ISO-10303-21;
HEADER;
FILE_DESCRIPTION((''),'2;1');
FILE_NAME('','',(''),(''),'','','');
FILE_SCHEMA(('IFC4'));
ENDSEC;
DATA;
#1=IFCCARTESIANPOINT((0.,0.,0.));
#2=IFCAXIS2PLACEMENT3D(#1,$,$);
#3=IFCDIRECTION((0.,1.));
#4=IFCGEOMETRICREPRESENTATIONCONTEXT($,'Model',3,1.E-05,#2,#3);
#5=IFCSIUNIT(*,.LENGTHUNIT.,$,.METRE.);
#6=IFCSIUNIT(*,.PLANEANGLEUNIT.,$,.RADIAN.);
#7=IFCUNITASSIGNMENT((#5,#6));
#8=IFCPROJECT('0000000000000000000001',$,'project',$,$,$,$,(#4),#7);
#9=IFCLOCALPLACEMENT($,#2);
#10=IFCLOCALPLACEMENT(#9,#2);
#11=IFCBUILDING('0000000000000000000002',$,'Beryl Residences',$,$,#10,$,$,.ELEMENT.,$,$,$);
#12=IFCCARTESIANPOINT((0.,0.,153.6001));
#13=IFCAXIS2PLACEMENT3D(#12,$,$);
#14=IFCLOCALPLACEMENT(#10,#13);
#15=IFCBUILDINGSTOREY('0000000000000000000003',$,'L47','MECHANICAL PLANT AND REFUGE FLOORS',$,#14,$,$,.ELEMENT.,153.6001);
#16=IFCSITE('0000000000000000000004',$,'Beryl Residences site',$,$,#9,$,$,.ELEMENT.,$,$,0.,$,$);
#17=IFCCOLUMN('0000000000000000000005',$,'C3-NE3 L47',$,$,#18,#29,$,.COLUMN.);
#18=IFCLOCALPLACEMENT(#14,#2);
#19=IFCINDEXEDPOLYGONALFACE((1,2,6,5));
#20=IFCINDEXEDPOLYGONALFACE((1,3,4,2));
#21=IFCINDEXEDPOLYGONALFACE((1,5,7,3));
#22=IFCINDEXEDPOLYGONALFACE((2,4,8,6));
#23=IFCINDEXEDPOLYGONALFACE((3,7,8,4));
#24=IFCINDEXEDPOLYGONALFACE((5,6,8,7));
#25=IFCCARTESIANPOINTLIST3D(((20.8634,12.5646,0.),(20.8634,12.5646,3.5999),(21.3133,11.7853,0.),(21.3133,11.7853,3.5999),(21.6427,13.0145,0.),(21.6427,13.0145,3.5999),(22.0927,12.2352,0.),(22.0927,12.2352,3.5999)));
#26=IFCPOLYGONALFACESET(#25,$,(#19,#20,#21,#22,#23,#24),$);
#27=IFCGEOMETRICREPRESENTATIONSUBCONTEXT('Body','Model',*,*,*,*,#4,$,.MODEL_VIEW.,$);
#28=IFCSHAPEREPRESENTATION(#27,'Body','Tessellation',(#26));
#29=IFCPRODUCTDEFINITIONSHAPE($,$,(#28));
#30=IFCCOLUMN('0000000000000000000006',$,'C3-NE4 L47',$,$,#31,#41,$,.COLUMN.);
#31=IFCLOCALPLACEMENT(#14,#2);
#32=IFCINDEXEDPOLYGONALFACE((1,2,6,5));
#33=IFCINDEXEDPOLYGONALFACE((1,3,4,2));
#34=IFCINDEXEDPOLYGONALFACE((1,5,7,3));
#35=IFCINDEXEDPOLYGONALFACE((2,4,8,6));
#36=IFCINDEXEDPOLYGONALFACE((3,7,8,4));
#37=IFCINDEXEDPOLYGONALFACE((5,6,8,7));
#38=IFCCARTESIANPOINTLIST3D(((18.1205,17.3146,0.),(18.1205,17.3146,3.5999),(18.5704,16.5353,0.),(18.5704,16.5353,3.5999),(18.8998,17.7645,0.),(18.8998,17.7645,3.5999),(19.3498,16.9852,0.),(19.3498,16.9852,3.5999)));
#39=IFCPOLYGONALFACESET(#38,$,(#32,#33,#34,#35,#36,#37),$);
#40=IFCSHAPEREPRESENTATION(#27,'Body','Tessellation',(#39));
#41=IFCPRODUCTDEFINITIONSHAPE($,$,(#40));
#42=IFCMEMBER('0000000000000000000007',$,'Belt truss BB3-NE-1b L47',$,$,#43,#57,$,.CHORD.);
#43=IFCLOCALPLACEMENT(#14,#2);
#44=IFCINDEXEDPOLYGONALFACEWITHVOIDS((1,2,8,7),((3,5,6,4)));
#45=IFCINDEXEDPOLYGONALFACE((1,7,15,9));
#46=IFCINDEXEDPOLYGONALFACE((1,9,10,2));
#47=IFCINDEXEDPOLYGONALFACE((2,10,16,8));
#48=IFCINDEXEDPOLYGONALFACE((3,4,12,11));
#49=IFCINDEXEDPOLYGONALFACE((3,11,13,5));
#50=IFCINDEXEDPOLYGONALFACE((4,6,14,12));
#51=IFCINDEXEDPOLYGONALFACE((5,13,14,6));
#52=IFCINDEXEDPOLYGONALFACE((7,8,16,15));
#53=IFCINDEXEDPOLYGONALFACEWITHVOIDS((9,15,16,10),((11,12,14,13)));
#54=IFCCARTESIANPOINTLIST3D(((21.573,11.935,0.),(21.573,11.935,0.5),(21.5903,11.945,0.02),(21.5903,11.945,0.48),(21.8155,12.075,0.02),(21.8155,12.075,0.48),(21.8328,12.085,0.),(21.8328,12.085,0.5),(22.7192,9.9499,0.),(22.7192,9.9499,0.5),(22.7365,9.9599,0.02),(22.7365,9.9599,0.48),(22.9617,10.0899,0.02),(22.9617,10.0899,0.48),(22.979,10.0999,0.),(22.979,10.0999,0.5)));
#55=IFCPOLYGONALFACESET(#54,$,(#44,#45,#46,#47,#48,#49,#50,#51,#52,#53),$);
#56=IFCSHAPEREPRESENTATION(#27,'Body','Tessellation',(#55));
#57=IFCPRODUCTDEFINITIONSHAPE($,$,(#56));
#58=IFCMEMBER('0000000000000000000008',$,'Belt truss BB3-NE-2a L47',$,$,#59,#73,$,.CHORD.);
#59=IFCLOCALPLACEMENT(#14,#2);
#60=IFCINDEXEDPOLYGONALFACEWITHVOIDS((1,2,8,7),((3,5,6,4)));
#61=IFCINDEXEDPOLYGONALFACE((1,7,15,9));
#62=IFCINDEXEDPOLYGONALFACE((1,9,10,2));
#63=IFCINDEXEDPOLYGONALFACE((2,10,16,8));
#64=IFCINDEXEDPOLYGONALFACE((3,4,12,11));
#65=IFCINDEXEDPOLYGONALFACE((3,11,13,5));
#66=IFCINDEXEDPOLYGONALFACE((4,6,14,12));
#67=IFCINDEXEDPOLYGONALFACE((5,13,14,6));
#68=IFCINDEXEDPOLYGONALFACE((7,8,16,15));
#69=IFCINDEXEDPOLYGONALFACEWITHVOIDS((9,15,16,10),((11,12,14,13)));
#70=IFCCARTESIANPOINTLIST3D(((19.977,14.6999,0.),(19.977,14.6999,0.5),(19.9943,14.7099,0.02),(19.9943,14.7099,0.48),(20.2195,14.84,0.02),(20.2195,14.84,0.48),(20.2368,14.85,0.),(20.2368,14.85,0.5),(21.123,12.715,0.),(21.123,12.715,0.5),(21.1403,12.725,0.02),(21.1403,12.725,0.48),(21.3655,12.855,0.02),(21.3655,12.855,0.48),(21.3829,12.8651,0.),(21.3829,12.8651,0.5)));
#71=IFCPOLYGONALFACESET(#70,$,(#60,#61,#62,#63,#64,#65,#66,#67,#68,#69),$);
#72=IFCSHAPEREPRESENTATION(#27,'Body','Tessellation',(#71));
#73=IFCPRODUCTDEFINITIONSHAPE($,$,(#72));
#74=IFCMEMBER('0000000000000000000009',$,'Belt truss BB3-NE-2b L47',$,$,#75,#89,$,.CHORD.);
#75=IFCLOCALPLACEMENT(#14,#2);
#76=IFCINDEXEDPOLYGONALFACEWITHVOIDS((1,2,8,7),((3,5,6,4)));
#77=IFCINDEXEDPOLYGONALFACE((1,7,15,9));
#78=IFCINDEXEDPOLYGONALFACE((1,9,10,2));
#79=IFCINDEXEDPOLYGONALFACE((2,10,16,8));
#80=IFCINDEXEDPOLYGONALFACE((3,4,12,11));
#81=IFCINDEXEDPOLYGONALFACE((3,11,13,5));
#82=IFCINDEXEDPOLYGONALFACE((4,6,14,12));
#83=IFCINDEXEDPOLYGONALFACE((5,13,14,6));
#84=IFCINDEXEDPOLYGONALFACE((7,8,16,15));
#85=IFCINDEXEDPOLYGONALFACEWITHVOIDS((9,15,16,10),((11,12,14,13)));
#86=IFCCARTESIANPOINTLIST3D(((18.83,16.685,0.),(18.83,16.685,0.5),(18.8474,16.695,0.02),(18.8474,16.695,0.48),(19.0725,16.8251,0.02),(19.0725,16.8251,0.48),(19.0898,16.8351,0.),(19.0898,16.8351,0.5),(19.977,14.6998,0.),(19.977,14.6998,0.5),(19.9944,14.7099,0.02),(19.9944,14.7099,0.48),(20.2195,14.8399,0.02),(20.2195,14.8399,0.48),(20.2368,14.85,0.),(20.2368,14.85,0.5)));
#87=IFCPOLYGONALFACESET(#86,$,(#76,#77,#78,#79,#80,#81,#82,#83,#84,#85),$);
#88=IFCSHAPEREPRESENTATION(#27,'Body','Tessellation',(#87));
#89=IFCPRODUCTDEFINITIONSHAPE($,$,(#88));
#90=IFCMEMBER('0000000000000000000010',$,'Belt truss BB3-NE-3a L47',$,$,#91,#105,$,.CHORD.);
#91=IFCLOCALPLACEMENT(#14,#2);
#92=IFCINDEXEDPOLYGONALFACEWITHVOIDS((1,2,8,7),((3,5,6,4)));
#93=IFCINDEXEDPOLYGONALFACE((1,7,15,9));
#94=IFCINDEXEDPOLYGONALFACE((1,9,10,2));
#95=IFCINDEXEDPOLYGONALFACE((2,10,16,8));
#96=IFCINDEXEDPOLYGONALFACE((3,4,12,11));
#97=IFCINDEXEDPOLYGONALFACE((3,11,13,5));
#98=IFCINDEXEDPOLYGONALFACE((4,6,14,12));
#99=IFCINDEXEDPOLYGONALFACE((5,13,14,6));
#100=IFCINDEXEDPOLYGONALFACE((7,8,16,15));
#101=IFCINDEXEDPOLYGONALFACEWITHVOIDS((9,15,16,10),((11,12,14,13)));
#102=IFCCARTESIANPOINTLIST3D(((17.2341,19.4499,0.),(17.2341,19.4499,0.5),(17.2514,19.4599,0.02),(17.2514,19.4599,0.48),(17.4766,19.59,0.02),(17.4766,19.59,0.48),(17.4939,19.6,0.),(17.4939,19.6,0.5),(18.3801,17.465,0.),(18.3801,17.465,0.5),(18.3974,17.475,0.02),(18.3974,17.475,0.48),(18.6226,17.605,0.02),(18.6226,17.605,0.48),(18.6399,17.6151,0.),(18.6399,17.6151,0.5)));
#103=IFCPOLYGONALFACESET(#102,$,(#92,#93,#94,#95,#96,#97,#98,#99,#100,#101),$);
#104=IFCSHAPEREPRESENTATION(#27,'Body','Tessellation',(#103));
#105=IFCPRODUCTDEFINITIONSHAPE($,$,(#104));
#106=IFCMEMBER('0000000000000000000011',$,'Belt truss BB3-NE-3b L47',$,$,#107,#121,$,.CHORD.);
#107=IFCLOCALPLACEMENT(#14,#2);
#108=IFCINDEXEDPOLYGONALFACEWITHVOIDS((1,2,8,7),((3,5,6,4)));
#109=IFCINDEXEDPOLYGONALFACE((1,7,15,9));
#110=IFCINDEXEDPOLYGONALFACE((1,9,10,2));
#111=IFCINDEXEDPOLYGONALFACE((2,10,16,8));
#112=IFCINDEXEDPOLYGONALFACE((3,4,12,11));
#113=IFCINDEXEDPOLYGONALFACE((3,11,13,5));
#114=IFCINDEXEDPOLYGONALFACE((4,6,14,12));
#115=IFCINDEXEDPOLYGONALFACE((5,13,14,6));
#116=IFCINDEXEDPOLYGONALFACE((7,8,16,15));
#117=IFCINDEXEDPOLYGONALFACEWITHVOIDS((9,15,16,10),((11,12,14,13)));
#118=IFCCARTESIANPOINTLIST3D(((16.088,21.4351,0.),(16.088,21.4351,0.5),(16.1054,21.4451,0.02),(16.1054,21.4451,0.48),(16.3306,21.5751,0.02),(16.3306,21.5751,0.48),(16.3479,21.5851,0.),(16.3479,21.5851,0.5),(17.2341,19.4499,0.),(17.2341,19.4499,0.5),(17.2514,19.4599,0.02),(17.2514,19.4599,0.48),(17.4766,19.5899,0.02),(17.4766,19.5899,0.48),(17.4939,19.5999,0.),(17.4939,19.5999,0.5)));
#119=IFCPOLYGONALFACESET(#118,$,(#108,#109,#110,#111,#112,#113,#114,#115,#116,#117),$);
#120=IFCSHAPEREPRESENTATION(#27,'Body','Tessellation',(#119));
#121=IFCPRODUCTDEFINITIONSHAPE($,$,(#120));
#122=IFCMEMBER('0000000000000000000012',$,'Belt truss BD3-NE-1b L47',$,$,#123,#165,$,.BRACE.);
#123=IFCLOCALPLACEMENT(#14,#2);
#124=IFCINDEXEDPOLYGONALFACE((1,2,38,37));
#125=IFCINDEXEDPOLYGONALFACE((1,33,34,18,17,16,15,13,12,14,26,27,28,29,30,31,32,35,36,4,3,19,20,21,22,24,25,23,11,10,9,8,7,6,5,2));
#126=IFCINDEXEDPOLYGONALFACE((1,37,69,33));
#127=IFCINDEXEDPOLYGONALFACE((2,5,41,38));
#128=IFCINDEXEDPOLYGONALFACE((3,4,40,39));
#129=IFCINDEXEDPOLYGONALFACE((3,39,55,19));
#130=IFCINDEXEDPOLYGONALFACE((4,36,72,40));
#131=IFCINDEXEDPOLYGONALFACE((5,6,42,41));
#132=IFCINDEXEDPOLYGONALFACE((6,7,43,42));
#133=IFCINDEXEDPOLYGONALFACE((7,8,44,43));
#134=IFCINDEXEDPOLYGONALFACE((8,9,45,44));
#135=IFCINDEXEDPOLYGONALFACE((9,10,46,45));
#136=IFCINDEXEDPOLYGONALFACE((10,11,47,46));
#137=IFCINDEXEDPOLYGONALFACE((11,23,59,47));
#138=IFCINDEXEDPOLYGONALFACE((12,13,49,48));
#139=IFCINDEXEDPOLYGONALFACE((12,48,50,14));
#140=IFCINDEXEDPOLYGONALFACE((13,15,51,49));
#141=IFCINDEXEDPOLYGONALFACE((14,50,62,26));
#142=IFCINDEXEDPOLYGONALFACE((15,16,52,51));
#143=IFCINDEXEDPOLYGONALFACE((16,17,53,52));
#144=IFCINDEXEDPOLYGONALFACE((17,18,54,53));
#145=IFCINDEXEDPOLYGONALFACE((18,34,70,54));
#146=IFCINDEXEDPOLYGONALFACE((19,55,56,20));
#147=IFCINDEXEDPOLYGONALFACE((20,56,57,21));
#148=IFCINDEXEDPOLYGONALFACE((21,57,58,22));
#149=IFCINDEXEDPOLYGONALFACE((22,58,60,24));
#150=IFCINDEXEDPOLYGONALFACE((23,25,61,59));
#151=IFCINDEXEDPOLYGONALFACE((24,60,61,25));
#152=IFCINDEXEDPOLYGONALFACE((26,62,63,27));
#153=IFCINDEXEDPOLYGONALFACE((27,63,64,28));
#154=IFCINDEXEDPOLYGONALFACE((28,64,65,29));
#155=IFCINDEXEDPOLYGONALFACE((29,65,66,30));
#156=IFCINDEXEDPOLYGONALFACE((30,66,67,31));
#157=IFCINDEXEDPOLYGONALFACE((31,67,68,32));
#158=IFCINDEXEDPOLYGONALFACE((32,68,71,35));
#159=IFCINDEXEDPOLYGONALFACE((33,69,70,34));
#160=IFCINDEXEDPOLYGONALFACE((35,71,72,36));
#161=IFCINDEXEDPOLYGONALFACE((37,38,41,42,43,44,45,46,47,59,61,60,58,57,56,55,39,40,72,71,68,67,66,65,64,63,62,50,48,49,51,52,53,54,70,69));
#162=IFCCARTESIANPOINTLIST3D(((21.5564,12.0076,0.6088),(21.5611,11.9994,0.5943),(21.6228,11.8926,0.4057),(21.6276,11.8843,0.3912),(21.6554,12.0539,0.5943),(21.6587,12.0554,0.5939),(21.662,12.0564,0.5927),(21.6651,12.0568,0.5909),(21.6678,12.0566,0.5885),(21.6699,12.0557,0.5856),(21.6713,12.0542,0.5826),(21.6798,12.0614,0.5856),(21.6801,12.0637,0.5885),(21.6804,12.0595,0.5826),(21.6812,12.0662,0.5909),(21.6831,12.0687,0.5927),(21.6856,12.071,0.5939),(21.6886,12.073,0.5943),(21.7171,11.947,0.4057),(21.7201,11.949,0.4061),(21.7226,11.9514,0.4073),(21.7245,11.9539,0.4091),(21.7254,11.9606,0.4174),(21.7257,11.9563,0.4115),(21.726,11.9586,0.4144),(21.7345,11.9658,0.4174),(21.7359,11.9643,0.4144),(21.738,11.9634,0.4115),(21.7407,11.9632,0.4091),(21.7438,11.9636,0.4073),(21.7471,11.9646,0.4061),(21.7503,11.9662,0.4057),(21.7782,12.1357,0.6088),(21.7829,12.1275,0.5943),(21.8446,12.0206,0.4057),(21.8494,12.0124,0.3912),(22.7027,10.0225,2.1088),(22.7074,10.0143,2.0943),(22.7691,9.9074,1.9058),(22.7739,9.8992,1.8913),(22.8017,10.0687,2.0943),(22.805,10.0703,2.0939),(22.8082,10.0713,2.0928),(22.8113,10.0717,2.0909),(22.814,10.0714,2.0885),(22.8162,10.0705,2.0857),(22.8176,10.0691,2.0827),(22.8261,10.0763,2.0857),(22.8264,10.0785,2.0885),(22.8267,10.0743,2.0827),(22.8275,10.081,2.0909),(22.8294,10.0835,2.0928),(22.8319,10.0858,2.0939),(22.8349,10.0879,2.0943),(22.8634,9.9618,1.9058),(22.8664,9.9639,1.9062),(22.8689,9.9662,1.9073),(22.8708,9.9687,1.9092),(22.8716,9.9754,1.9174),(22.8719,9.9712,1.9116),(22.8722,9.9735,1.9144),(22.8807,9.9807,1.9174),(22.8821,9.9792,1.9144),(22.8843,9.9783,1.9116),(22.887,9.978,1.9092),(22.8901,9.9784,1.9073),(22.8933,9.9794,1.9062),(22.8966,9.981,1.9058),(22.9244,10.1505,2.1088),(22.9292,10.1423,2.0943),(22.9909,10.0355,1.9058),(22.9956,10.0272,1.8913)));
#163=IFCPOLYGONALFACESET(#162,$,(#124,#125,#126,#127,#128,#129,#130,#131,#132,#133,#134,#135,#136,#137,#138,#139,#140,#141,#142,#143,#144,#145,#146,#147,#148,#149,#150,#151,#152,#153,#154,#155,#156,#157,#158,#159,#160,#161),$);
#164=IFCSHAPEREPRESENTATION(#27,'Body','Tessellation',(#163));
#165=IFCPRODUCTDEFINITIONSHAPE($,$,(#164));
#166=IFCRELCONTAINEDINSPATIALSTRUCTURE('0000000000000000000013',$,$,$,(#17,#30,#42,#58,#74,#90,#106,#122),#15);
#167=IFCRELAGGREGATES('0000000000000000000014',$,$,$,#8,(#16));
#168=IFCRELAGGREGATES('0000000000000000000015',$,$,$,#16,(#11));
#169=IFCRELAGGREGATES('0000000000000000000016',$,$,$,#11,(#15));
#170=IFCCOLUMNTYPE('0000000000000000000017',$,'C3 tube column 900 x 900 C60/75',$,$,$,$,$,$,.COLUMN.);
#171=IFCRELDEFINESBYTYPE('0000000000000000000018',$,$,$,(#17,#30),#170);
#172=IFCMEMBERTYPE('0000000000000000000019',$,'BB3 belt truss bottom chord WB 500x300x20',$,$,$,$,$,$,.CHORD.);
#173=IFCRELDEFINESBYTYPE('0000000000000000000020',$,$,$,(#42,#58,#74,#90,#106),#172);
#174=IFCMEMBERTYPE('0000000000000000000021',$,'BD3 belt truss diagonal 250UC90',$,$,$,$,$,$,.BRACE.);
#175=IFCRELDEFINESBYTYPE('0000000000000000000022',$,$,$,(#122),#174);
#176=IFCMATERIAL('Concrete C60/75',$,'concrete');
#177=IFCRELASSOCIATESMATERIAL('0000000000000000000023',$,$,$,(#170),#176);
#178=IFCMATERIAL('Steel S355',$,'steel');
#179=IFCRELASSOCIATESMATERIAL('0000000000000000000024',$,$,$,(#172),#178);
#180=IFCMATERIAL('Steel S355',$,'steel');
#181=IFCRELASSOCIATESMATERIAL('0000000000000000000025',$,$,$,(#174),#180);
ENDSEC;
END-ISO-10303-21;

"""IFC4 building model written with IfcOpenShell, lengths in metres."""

from ifc_helpers import new_model, si_unit, direction, frame, origin, origin_2d, place, context, subcontext, project, spatial, rectangle, hollow_rectangle, i_section, extrude, material, material_profile, profile_set, type_object, element, save


model = new_model("IFC4")

# Units and contexts
model_context = context("Model", 3, precision=1e-05, world=origin(), true_north=direction((0.0, 1.0)))
body_context = subcontext(model_context, "Body", "Model", "MODEL_VIEW")
ifc_project = project(units=[si_unit("LENGTHUNIT", "METRE"), si_unit("PLANEANGLEUNIT", "RADIAN")], contexts=[model_context])

# Site, building, storey
site_placement = place(None, origin())
site = spatial("IfcSite", under=ifc_project, at=site_placement, Name="Beryl Residences site", CompositionType="ELEMENT", RefElevation=0.0)
building_placement = place(site_placement, origin())
building = spatial("IfcBuilding", under=site, at=building_placement, Name="Beryl Residences", CompositionType="ELEMENT")
storey_placement = place(building_placement, frame((0.0, 0.0, 153.6001)))
storey = spatial("IfcBuildingStorey", under=building, at=storey_placement, Name="L47", Description="MECHANICAL PLANT AND REFUGE FLOORS", CompositionType="ELEMENT", Elevation=153.6001)

# Columns
ifc_material_1 = material(Name="Concrete C60/75", Category="concrete")
ifc_material_profile_1 = material_profile(ifc_material_1, rectangle(XDim=0.8999, YDim=0.8999, at=origin_2d()))
ifc_profile_set_1 = profile_set([ifc_material_profile_1], Name="Concrete C60/75")
column_type = type_object("IfcColumnType", Name="C3 tube column 900 x 900 C60/75", PredefinedType="COLUMN", material=ifc_profile_set_1)
for number, where, z_axis, x_axis, name in (
    (1, (21.478, 12.3999, 0.0), (0.0, 0.0, 1.0), (-0.5, 0.866025, 0.0), "C3-NE3 L47"),
    (2, (18.7351, 17.1499, 0.0), (0.0, 0.0, 1.0), (-0.5, 0.866025, 0.0), "C3-NE4 L47"),
):
    element("IfcColumn", number, at=place(storey_placement, frame(where, z_axis=z_axis, x_axis=x_axis)), inside=storey, type_object=column_type, Name=name, PredefinedType="COLUMN", context=body_context, shape_type="SweptSolid", body=[
        extrude(rectangle(XDim=0.8999, YDim=0.8999, at=origin_2d()), origin(), (0.0, 0.0, 1.0), 3.5999),
    ])

# Members
ifc_material_2 = material(Name="Steel S355", Category="steel")
ifc_material_profile_2 = material_profile(ifc_material_2, hollow_rectangle(XDim=0.3, YDim=0.5, WallThickness=0.02, at=origin_2d()))
ifc_profile_set_2 = profile_set([ifc_material_profile_2], Name="Steel S355")
member_type_1 = type_object("IfcMemberType", Name="BB3 belt truss bottom chord WB 500x300x20", PredefinedType="CHORD", material=ifc_profile_set_2)
member_1_placement = place(storey_placement, frame((22.8491, 10.0249, 0.25), z_axis=(-0.500045, 0.865999, 0.0), x_axis=(-0.865999, -0.500045, 0.0)))
element("IfcMember", 3, at=member_1_placement, inside=storey, type_object=member_type_1, Name="Belt truss BB3-NE-1b L47", PredefinedType="CHORD", context=body_context, shape_type="SweptSolid", body=[
    extrude(hollow_rectangle(XDim=0.3, YDim=0.5, WallThickness=0.02, at=origin_2d()), origin(), (0.0, 0.0, 1.0), 2.2922),
])
member_2_placement = place(storey_placement, frame((21.2529, 12.79, 0.25), z_axis=(-0.500011, 0.866019, 0.0), x_axis=(-0.866019, -0.500011, 0.0)))
element("IfcMember", 4, at=member_2_placement, inside=storey, type_object=member_type_1, Name="Belt truss BB3-NE-2a L47", PredefinedType="CHORD", context=body_context, shape_type="SweptSolid", body=[
    extrude(hollow_rectangle(XDim=0.3, YDim=0.5, WallThickness=0.02, at=origin_2d()), origin(), (0.0, 0.0, 1.0), 2.292),
])
member_3_placement = place(storey_placement, frame((20.1069, 14.7749, 0.25), z_axis=(-0.500285, 0.865861, 0.0), x_axis=(-0.865861, -0.500285, 0.0)))
element("IfcMember", 5, at=member_3_placement, inside=storey, type_object=member_type_1, Name="Belt truss BB3-NE-2b L47", PredefinedType="CHORD", context=body_context, shape_type="SweptSolid", body=[
    extrude(hollow_rectangle(XDim=0.3, YDim=0.5, WallThickness=0.02, at=origin_2d()), origin(), (0.0, 0.0, 1.0), 2.2927),
])
member_4_placement = place(storey_placement, frame((18.51, 17.54, 0.25), z_axis=(-0.500011, 0.866019, 0.0), x_axis=(-0.866019, -0.500011, 0.0)))
element("IfcMember", 6, at=member_4_placement, inside=storey, type_object=member_type_1, Name="Belt truss BB3-NE-3a L47", PredefinedType="CHORD", context=body_context, shape_type="SweptSolid", body=[
    extrude(hollow_rectangle(XDim=0.3, YDim=0.5, WallThickness=0.02, at=origin_2d()), origin(), (0.0, 0.0, 1.0), 2.292),
])
member_5_placement = place(storey_placement, frame((17.364, 19.5249, 0.25), z_axis=(-0.499965, 0.866045, 0.0), x_axis=(-0.866045, -0.499965, 0.0)))
element("IfcMember", 7, at=member_5_placement, inside=storey, type_object=member_type_1, Name="Belt truss BB3-NE-3b L47", PredefinedType="CHORD", context=body_context, shape_type="SweptSolid", body=[
    extrude(hollow_rectangle(XDim=0.3, YDim=0.5, WallThickness=0.02, at=origin_2d()), origin(), (0.0, 0.0, 1.0), 2.2922),
])
ifc_material_3 = material(Name="Steel S355", Category="steel")
ifc_material_profile_3 = material_profile(ifc_material_3, i_section(OverallWidth=0.2561, OverallDepth=0.26, WebThickness=0.0105, FlangeThickness=0.0173, FilletRadius=0.0139, at=origin_2d()))
ifc_profile_set_3 = profile_set([ifc_material_profile_3], Name="Steel S355")
member_type_2 = type_object("IfcMemberType", Name="BD3 belt truss diagonal 250UC90", PredefinedType="BRACE", material=ifc_profile_set_3)
member_6_placement = place(storey_placement, frame((21.7029, 12.01, 0.5), z_axis=(0.418422, -0.724641, 0.547558), x_axis=(0.865999, 0.500045, 0.0)))
element("IfcMember", 8, at=member_6_placement, inside=storey, type_object=member_type_2, Name="Belt truss BD3-NE-1b L47", PredefinedType="BRACE", context=body_context, shape_type="SweptSolid", body=[
    extrude(i_section(OverallWidth=0.2561, OverallDepth=0.26, WebThickness=0.0105, FlangeThickness=0.0173, FilletRadius=0.0139, at=origin_2d()), origin(), (0.0, 0.0, 1.0), 2.7395),
])

save(model, "model.ifc")
